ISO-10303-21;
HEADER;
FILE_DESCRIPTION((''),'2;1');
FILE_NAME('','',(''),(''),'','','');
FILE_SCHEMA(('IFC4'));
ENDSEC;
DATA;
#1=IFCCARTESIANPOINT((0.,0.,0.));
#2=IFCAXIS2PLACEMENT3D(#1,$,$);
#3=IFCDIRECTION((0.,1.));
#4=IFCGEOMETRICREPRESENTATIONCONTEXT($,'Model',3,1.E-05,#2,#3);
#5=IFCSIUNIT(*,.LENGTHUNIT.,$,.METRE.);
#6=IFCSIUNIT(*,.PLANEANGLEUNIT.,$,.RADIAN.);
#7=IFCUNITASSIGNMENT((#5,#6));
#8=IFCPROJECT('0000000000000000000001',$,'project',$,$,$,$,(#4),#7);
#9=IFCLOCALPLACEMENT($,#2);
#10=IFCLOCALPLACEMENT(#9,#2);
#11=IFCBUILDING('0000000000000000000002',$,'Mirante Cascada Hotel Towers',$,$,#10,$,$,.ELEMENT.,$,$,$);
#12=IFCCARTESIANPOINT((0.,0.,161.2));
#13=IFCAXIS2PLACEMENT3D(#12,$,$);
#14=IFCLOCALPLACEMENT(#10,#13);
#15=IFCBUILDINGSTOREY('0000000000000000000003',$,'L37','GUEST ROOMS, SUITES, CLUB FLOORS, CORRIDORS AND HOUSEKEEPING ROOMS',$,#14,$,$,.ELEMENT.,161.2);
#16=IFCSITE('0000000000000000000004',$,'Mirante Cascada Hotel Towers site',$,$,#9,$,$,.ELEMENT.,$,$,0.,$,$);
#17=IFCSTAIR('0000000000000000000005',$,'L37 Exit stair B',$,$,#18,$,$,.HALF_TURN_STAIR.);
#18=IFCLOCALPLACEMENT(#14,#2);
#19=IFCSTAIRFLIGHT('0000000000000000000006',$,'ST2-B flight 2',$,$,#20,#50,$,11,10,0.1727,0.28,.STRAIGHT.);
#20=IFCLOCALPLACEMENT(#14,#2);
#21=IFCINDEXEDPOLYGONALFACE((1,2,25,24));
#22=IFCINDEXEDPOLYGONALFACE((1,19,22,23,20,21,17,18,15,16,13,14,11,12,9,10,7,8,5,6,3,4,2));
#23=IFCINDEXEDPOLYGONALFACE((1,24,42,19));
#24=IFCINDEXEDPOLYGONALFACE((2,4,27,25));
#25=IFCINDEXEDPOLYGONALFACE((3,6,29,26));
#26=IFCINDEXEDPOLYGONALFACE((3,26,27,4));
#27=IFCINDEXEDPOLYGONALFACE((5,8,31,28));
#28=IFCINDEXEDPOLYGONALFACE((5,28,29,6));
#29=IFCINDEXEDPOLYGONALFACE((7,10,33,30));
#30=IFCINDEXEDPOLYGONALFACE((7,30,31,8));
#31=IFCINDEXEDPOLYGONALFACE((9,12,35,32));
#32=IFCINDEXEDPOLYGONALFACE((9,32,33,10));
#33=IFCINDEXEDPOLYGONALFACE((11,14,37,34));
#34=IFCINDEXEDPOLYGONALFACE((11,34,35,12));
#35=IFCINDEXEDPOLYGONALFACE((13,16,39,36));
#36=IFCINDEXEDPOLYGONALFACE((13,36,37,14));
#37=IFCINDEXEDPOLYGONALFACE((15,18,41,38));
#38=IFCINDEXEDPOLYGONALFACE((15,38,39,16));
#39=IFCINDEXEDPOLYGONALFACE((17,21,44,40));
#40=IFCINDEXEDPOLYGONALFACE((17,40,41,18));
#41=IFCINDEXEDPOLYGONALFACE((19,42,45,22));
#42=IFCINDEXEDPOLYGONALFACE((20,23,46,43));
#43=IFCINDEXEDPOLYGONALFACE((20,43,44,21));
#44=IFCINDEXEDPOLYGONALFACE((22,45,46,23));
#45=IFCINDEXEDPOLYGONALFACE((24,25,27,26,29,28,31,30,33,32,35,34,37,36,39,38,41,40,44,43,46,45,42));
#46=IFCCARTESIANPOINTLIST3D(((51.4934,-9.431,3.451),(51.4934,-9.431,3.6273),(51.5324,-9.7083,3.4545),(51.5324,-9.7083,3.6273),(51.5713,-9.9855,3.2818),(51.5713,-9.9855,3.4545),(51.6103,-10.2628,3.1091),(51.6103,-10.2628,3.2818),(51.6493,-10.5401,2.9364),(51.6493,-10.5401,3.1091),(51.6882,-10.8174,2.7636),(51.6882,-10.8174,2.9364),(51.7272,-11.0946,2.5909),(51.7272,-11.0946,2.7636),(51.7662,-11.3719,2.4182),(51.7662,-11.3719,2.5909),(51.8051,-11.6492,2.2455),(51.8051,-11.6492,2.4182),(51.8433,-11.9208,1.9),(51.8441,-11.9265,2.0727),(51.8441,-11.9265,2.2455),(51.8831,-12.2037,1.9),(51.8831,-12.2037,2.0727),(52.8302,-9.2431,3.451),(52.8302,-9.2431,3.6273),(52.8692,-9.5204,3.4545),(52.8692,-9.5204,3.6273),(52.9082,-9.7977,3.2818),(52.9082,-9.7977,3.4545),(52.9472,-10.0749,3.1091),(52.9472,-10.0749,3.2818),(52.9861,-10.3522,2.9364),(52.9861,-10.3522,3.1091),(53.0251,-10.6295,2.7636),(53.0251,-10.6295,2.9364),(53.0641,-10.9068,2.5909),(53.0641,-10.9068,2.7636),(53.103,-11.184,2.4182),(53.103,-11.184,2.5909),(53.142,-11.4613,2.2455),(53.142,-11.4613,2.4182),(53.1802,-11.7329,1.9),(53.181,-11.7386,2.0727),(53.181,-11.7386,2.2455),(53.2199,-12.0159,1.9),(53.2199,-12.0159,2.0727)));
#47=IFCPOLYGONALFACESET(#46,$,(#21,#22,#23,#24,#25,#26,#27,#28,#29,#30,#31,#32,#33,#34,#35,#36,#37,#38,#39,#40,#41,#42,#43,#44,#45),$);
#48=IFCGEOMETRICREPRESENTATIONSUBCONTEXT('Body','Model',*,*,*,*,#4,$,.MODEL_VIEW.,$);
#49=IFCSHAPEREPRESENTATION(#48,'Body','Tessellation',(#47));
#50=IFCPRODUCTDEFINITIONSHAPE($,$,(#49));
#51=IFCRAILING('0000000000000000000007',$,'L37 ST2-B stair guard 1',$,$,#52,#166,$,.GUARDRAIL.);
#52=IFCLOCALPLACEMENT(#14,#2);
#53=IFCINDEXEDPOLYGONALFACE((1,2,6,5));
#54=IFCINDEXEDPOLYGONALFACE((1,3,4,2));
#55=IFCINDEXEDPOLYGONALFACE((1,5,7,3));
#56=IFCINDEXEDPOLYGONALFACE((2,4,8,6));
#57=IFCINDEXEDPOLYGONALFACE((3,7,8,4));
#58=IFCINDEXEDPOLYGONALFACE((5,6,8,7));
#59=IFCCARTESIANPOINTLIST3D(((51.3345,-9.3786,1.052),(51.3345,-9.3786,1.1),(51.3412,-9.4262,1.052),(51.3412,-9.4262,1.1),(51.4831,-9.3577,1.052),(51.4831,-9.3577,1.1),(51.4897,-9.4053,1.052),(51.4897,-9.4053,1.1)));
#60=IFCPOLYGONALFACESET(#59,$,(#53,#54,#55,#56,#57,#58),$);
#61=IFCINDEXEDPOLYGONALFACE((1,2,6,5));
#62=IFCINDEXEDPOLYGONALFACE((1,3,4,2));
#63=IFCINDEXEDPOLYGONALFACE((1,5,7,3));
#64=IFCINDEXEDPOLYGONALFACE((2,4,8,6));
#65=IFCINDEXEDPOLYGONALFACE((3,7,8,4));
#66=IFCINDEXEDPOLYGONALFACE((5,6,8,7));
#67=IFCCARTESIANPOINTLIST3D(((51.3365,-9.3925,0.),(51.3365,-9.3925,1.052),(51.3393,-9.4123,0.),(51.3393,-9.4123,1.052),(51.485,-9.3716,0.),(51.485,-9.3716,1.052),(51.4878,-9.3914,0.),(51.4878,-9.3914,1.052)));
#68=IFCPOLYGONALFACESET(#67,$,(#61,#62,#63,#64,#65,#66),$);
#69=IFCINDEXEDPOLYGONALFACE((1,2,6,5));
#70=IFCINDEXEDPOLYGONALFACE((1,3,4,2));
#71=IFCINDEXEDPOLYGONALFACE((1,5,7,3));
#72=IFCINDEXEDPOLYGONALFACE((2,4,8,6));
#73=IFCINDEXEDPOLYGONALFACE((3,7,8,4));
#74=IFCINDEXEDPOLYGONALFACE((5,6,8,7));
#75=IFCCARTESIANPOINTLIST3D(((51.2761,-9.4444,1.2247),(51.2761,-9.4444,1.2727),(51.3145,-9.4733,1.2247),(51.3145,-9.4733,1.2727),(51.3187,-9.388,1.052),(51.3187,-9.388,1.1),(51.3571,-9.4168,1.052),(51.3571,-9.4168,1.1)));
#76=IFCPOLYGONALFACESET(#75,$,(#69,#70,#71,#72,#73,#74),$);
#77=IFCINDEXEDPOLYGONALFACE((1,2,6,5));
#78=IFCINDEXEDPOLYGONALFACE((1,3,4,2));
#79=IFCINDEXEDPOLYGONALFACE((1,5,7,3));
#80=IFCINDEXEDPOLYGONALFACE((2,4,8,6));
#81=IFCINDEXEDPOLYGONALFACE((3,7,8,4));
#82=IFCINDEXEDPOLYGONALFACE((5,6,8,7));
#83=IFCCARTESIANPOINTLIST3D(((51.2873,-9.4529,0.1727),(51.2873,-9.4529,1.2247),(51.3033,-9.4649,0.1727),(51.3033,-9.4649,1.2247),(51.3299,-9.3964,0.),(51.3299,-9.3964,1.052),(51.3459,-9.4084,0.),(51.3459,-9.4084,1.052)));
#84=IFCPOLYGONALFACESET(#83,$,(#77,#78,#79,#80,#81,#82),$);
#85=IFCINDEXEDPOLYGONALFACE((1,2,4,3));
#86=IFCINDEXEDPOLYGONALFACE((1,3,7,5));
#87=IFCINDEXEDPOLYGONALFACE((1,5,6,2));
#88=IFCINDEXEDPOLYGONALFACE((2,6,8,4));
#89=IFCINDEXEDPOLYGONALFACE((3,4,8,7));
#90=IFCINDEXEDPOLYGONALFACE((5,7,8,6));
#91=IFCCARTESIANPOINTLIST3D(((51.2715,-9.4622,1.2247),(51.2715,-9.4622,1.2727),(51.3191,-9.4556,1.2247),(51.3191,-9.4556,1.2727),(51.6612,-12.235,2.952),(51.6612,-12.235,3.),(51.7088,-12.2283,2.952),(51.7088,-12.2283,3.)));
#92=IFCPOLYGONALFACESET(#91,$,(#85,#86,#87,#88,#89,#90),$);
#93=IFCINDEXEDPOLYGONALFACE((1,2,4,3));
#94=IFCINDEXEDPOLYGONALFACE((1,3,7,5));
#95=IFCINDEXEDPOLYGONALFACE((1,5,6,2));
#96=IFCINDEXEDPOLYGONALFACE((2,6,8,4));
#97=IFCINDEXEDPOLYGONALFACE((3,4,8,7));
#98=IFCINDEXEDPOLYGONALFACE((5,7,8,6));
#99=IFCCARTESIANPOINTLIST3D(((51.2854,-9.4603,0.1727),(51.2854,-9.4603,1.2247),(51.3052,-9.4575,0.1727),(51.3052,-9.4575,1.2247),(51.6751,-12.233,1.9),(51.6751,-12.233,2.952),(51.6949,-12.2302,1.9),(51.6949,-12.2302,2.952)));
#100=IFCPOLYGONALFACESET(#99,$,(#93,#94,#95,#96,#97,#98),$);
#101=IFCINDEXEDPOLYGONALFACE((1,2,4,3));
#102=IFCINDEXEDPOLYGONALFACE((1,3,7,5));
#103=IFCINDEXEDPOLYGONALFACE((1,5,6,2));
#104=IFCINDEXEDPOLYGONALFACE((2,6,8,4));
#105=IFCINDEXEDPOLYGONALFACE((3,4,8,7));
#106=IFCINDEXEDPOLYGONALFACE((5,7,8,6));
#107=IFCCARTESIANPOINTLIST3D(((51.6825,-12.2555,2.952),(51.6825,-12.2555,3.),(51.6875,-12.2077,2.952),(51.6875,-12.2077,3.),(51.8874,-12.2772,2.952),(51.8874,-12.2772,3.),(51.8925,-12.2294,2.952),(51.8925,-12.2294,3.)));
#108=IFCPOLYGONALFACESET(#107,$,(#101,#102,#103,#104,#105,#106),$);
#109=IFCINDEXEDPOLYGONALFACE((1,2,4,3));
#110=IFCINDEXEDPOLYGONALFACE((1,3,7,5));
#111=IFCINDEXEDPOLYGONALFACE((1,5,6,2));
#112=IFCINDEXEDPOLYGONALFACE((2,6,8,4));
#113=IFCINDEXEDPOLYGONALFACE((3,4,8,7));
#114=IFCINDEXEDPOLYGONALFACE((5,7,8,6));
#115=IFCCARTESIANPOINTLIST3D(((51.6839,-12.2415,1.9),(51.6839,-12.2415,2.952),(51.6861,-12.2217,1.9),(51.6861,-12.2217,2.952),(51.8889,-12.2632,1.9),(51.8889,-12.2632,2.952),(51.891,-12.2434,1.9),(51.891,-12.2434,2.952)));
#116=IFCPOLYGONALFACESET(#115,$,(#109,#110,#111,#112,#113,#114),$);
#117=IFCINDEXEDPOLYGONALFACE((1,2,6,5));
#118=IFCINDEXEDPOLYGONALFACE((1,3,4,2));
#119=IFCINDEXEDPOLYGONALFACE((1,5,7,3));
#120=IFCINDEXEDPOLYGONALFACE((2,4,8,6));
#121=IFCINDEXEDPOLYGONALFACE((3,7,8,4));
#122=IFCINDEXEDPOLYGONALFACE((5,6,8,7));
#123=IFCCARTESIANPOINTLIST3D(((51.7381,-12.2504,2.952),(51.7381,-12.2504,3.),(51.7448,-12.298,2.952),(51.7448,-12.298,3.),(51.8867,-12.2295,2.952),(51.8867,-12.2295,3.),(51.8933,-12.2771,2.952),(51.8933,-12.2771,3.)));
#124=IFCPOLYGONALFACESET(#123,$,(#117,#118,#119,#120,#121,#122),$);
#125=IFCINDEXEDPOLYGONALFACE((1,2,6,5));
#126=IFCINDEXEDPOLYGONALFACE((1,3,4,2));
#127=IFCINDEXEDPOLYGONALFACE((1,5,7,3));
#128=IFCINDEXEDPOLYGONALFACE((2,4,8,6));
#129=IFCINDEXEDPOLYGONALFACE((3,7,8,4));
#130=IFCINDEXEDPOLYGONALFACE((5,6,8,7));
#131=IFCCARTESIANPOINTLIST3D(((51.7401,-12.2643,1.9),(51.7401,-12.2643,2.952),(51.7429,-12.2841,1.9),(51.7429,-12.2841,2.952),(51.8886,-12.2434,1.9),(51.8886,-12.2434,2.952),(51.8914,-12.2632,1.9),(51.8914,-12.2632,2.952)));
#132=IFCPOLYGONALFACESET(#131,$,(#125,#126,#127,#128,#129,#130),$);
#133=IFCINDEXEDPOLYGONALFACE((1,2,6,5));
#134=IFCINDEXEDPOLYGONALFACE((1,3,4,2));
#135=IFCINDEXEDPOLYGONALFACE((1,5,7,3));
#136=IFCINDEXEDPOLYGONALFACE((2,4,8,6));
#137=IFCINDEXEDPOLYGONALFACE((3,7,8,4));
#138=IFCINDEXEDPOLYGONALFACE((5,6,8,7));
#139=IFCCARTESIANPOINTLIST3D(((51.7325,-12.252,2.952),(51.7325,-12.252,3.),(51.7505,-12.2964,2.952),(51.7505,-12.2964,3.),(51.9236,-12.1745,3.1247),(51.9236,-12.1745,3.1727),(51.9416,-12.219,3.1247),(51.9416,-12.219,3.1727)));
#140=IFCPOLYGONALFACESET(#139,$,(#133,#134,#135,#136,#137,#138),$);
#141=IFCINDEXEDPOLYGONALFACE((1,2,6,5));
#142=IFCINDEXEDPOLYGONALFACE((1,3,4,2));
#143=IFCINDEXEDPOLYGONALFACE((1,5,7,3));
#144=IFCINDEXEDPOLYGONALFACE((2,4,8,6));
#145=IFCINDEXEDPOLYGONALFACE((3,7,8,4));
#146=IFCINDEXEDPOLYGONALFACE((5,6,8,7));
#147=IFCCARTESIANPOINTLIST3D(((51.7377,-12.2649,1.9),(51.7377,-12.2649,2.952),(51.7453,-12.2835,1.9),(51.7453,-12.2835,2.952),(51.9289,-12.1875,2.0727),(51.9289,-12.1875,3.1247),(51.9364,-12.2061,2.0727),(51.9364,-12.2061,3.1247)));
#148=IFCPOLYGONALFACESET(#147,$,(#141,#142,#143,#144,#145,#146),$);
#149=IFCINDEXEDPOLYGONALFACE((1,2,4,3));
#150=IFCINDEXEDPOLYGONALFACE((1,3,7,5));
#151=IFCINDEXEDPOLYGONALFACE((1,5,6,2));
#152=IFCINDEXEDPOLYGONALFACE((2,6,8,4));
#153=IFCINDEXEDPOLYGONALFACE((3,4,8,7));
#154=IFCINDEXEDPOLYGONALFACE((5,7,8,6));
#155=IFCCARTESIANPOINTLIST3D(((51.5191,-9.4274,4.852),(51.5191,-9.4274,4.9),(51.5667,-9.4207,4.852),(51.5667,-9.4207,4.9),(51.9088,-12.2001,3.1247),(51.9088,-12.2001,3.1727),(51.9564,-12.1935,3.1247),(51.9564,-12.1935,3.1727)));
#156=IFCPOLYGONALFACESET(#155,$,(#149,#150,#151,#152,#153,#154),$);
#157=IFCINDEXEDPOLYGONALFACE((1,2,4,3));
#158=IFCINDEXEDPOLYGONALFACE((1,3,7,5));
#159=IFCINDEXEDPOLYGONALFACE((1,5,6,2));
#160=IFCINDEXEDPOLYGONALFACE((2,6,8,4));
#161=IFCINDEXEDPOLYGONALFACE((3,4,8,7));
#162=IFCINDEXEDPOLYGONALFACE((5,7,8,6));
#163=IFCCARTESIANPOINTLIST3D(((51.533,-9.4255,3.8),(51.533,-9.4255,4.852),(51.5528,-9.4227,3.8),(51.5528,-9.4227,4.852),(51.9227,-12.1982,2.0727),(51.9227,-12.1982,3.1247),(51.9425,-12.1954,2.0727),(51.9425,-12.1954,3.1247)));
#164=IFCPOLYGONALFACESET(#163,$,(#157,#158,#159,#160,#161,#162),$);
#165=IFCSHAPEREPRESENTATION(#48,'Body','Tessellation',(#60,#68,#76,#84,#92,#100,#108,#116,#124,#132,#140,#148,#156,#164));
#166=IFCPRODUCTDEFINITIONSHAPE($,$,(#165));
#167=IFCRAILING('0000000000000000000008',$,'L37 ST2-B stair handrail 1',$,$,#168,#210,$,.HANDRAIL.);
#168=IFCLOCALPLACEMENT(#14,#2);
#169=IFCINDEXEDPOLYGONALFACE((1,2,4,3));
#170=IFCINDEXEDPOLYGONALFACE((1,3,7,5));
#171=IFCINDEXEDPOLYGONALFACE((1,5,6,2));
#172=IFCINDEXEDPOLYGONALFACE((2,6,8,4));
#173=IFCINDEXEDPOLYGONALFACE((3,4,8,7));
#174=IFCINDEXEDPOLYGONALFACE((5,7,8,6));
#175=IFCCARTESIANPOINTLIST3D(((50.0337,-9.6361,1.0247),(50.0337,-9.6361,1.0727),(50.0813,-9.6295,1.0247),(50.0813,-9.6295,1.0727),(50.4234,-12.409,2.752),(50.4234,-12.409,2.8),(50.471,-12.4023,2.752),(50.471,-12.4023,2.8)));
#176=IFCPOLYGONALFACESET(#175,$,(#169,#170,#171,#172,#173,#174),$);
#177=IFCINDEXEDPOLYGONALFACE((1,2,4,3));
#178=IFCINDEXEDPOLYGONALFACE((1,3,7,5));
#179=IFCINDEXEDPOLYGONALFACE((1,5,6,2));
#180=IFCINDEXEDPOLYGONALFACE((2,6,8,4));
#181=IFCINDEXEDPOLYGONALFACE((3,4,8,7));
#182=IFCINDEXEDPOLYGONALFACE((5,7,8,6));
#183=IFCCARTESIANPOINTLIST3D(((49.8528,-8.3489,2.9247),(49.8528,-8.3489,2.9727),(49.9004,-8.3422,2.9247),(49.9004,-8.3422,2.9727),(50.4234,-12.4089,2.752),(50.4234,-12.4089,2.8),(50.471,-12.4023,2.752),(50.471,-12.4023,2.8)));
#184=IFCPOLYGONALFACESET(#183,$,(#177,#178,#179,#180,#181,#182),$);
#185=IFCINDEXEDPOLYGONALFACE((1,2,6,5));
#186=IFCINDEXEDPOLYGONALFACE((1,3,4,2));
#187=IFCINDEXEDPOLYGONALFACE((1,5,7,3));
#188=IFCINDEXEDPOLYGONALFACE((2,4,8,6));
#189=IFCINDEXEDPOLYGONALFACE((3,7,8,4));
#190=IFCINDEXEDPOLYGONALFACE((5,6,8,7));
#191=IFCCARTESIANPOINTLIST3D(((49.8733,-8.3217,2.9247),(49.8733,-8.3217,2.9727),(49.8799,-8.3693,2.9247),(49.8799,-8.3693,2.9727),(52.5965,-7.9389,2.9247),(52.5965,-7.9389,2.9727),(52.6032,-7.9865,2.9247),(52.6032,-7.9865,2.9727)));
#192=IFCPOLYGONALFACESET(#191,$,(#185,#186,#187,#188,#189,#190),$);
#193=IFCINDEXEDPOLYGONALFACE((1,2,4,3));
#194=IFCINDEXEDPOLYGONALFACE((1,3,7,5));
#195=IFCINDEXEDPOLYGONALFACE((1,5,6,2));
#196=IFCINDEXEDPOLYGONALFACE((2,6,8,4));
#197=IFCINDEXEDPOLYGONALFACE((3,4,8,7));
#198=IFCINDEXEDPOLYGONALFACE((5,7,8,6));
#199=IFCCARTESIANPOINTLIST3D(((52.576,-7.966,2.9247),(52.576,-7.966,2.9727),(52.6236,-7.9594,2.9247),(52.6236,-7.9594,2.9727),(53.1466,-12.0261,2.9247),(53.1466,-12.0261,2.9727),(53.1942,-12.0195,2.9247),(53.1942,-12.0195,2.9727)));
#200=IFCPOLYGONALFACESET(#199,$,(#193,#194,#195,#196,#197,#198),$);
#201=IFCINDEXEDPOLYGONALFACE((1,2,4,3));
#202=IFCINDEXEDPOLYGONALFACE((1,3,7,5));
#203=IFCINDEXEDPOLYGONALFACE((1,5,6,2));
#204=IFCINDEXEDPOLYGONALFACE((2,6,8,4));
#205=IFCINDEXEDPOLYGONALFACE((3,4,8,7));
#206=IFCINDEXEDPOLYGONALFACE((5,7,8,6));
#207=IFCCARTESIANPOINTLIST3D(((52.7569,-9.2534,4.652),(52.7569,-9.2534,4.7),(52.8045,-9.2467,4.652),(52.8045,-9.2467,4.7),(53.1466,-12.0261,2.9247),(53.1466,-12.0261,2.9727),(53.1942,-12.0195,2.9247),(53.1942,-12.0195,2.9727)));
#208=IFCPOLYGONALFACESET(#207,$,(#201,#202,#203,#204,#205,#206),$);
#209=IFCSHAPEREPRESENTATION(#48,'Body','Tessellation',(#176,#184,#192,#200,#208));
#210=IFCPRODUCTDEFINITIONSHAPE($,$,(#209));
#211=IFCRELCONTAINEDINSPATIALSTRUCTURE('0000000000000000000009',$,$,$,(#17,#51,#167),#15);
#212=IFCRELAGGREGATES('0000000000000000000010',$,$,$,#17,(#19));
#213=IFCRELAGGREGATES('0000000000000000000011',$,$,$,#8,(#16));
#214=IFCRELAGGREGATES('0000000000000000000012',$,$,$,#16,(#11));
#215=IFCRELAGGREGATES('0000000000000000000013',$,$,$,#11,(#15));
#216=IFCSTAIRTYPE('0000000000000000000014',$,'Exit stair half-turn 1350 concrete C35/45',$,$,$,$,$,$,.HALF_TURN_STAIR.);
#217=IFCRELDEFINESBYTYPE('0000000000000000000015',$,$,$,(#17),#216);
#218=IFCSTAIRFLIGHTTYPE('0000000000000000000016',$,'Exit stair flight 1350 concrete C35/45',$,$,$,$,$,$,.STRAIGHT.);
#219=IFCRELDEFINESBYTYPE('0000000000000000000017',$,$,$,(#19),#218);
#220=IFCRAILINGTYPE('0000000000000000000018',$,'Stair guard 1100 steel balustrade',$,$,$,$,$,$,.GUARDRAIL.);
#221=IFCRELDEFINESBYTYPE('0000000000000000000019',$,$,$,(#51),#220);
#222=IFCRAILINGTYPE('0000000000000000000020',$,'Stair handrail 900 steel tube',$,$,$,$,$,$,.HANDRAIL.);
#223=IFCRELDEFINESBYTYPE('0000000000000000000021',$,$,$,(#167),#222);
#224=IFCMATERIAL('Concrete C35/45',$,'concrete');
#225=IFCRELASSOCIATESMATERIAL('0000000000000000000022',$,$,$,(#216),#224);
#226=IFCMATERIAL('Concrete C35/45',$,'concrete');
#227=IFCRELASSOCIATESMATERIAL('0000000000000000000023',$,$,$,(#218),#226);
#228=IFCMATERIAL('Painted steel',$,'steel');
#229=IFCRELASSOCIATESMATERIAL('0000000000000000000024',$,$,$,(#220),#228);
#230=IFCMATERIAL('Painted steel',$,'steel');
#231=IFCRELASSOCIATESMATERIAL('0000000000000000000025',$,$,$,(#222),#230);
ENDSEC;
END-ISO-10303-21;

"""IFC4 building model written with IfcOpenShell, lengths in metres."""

from ifc_helpers import new_model, si_unit, direction, frame, origin, origin_2d, place, context, subcontext, project, spatial, polyline, rectangle, outline, extrude, material, type_object, element, aggregate, save


model = new_model("IFC4")

# Units and contexts
model_context = context("Model", 3, precision=1e-05, world=origin(), true_north=direction((0.0, 1.0)))
body_context = subcontext(model_context, "Body", "Model", "MODEL_VIEW")
ifc_project = project(units=[si_unit("LENGTHUNIT", "METRE"), si_unit("PLANEANGLEUNIT", "RADIAN")], contexts=[model_context])

# Site, building, storey
site_placement = place(None, origin())
site = spatial("IfcSite", under=ifc_project, at=site_placement, Name="Mirante Cascada Hotel Towers site", CompositionType="ELEMENT", RefElevation=0.0)
building_placement = place(site_placement, origin())
building = spatial("IfcBuilding", under=site, at=building_placement, Name="Mirante Cascada Hotel Towers", CompositionType="ELEMENT")
storey_placement = place(building_placement, frame((0.0, 0.0, 161.2)))
storey = spatial("IfcBuildingStorey", under=building, at=storey_placement, Name="L37", Description="GUEST ROOMS, SUITES, CLUB FLOORS, CORRIDORS AND HOUSEKEEPING ROOMS", CompositionType="ELEMENT", Elevation=161.2)

# Stair, stair flight
ifc_material_1 = material(Name="Concrete C35/45", Category="concrete")
stair_type = type_object("IfcStairType", Name="Exit stair half-turn 1350 concrete C35/45", PredefinedType="HALF_TURN_STAIR", material=ifc_material_1)
stair_placement = place(storey_placement, origin())
stair = element("IfcStair", 1, at=stair_placement, inside=storey, type_object=stair_type, Name="L37 Exit stair B", PredefinedType="HALF_TURN_STAIR")
ifc_material_2 = material(Name="Concrete C35/45", Category="concrete")
stair_flight_type = type_object("IfcStairFlightType", Name="Exit stair flight 1350 concrete C35/45", PredefinedType="STRAIGHT", material=ifc_material_2)
stair_flight_1_placement = place(storey_placement, frame((52.5515, -12.1098, 1.9), z_axis=(0.0, 0.0, 1.0), x_axis=(-0.139173, 0.990268, 0.0)))
stair_flight_1 = element("IfcStairFlight", 2, at=stair_flight_1_placement, type_object=stair_flight_type, Name="ST2-B flight 2", NumberOfRisers=11, NumberOfTreads=10, PredefinedType="STRAIGHT", RiserHeight=0.1727, TreadLength=0.28, context=body_context, shape_type="SweptSolid", body=[
    extrude(outline(polyline([(0.0, 0.0), (0.0, 0.1727), (0.28, 0.1727), (0.28, 0.3455), (0.56, 0.3455), (0.56, 0.5182), (0.84, 0.5182), (0.84, 0.6909), (1.12, 0.6909), (1.12, 0.8636), (1.4, 0.8636), (1.4, 1.0364), (1.68, 1.0364), (1.68, 1.2091), (1.96, 1.2091), (1.96, 1.3818), (2.24, 1.3818), (2.24, 1.5545), (2.52, 1.5545), (2.52, 1.7273), (2.8, 1.7273), (2.8, 1.9), (2.8, 1.551), (0.2857, 0.0), (0.0, 0.0)])), frame((0.0, 0.675, 0.0), z_axis=(0.0, -1.0, 0.0), x_axis=(1.0, 0.0, 0.0)), (0.0, 0.0, 1.0), 1.35),
])
aggregate(stair, [stair_flight_1])

# Railings
ifc_material_3 = material(Name="Painted steel", Category="steel")
railing_type_1 = type_object("IfcRailingType", Name="Stair guard 1100 steel balustrade", PredefinedType="GUARDRAIL", material=ifc_material_3)
railing_1_placement = place(storey_placement, frame((51.4864, -9.3815, 0.0)))
element("IfcRailing", 3, at=railing_1_placement, inside=storey, type_object=railing_type_1, Name="L37 ST2-B stair guard 1", PredefinedType="GUARDRAIL", context=body_context, shape_type="SweptSolid", body=[
    extrude(rectangle(XDim=0.048, YDim=0.048, at=origin_2d()), frame((0.0, 0.0, 1.076), z_axis=(-0.990241, -0.139367, 0.0), x_axis=(0.139367, -0.990241, 0.0)), (0.0, 0.0, 1.0), 0.15),
    extrude(rectangle(XDim=0.02, YDim=1.052, at=origin_2d()), frame((0.0, 0.0, 0.526), z_axis=(-0.990241, -0.139367, 0.0), x_axis=(0.139367, -0.990241, 0.0)), (0.0, 0.0, 1.0), 0.15),
    extrude(rectangle(XDim=0.048, YDim=0.048, at=origin_2d()), frame((-0.1485, -0.0209, 1.076), z_axis=(-0.602033, -0.798471, 0.0), x_axis=(0.798471, -0.602033, 0.0)), (0.0, 0.92534, 0.379139), 0.1866),
    extrude(rectangle(XDim=0.02, YDim=1.052, at=origin_2d()), frame((-0.1485, -0.0209, 0.526), z_axis=(-0.602033, -0.798471, 0.0), x_axis=(0.798471, -0.602033, 0.0)), (0.0, 0.92534, 0.379139), 0.1866),
    extrude(rectangle(XDim=0.048, YDim=0.048, at=origin_2d()), frame((-0.1911, -0.0774, 1.2487), z_axis=(0.139181, -0.990267, 0.0), x_axis=(0.990267, 0.139181, 0.0)), (0.0, 0.525035, 0.851081), 3.2899),
    extrude(rectangle(XDim=0.02, YDim=1.052, at=origin_2d()), frame((-0.1911, -0.0774, 0.6987), z_axis=(0.139181, -0.990267, 0.0), x_axis=(0.990267, 0.139181, 0.0)), (0.0, 0.525035, 0.851081), 3.2899),
    extrude(rectangle(XDim=0.048, YDim=0.048, at=origin_2d()), frame((0.1986, -2.8501, 2.976), z_axis=(0.994444, -0.105266, 0.0), x_axis=(0.105266, 0.994444, 0.0)), (0.0, 0.0, 1.0), 0.2061),
    extrude(rectangle(XDim=0.02, YDim=1.052, at=origin_2d()), frame((0.1986, -2.8501, 2.426), z_axis=(0.994444, -0.105266, 0.0), x_axis=(0.105266, 0.994444, 0.0)), (0.0, 0.0, 1.0), 0.2061),
    extrude(rectangle(XDim=0.048, YDim=0.048, at=origin_2d()), frame((0.4036, -2.8718, 2.976), z_axis=(-0.990241, -0.139367, 0.0), x_axis=(0.139367, -0.990241, 0.0)), (0.0, 0.0, 1.0), 0.15),
    extrude(rectangle(XDim=0.02, YDim=1.052, at=origin_2d()), frame((0.4036, -2.8718, 2.426), z_axis=(-0.990241, -0.139367, 0.0), x_axis=(0.139367, -0.990241, 0.0)), (0.0, 0.0, 1.0), 0.15),
    extrude(rectangle(XDim=0.048, YDim=0.048, at=origin_2d()), frame((0.2551, -2.8927, 2.976), z_axis=(0.926862, 0.375401, 0.0), x_axis=(-0.375401, 0.926862, 0.0)), (0.0, 0.642122, 0.766603), 0.269),
    extrude(rectangle(XDim=0.02, YDim=1.052, at=origin_2d()), frame((0.2551, -2.8927, 2.426), z_axis=(0.926862, 0.375401, 0.0), x_axis=(-0.375401, 0.926862, 0.0)), (0.0, 0.642122, 0.766603), 0.269),
    extrude(rectangle(XDim=0.048, YDim=0.048, at=origin_2d()), frame((0.4462, -2.8153, 3.1487), z_axis=(-0.139181, 0.990267, 0.0), x_axis=(-0.990267, -0.139181, 0.0)), (0.0, 0.525035, 0.851081), 3.2899),
    extrude(rectangle(XDim=0.02, YDim=1.052, at=origin_2d()), frame((0.4462, -2.8153, 2.5987), z_axis=(-0.139181, 0.990267, 0.0), x_axis=(-0.990267, -0.139181, 0.0)), (0.0, 0.525035, 0.851081), 3.2899),
])
ifc_material_4 = material(Name="Painted steel", Category="steel")
railing_type_2 = type_object("IfcRailingType", Name="Stair handrail 900 steel tube", PredefinedType="HANDRAIL", material=ifc_material_4)
railing_2_placement = place(storey_placement, frame((50.0575, -9.6328, 0.1727)))
element("IfcRailing", 4, at=railing_2_placement, inside=storey, type_object=railing_type_2, Name="L37 ST2-B stair handrail 1", PredefinedType="HANDRAIL", context=body_context, shape_type="SweptSolid", body=[
    extrude(rectangle(XDim=0.048, YDim=0.048, at=origin_2d()), frame((0.0, 0.0, 0.876), z_axis=(0.139176, -0.990268, 0.0), x_axis=(0.990268, 0.139176, 0.0)), (0.0, 0.525021, 0.851089), 3.29),
    extrude(rectangle(XDim=0.048, YDim=0.048, at=origin_2d()), frame((0.3897, -2.7728, 2.6033), z_axis=(-0.139171, 0.990268, 0.0), x_axis=(-0.990268, -0.139171, 0.0)), (0.0, 0.042085, 0.999114), 4.1036),
    extrude(rectangle(XDim=0.048, YDim=0.048, at=origin_2d()), frame((-0.1809, 1.2873, 2.776), z_axis=(0.990264, 0.139201, 0.0), x_axis=(-0.139201, 0.990264, 0.0)), (0.0, 0.0, 1.0), 2.75),
    extrude(rectangle(XDim=0.048, YDim=0.048, at=origin_2d()), frame((2.5423, 1.6701, 2.776), z_axis=(0.139171, -0.990268, 0.0), x_axis=(0.990268, 0.139171, 0.0)), (0.0, 0.0, 1.0), 4.1),
    extrude(rectangle(XDim=0.048, YDim=0.048, at=origin_2d()), frame((3.1129, -2.39, 2.776), z_axis=(-0.139181, 0.990267, 0.0), x_axis=(-0.990267, -0.139181, 0.0)), (0.0, 0.525035, 0.851081), 3.2899),
])

save(model, "model.ifc")
